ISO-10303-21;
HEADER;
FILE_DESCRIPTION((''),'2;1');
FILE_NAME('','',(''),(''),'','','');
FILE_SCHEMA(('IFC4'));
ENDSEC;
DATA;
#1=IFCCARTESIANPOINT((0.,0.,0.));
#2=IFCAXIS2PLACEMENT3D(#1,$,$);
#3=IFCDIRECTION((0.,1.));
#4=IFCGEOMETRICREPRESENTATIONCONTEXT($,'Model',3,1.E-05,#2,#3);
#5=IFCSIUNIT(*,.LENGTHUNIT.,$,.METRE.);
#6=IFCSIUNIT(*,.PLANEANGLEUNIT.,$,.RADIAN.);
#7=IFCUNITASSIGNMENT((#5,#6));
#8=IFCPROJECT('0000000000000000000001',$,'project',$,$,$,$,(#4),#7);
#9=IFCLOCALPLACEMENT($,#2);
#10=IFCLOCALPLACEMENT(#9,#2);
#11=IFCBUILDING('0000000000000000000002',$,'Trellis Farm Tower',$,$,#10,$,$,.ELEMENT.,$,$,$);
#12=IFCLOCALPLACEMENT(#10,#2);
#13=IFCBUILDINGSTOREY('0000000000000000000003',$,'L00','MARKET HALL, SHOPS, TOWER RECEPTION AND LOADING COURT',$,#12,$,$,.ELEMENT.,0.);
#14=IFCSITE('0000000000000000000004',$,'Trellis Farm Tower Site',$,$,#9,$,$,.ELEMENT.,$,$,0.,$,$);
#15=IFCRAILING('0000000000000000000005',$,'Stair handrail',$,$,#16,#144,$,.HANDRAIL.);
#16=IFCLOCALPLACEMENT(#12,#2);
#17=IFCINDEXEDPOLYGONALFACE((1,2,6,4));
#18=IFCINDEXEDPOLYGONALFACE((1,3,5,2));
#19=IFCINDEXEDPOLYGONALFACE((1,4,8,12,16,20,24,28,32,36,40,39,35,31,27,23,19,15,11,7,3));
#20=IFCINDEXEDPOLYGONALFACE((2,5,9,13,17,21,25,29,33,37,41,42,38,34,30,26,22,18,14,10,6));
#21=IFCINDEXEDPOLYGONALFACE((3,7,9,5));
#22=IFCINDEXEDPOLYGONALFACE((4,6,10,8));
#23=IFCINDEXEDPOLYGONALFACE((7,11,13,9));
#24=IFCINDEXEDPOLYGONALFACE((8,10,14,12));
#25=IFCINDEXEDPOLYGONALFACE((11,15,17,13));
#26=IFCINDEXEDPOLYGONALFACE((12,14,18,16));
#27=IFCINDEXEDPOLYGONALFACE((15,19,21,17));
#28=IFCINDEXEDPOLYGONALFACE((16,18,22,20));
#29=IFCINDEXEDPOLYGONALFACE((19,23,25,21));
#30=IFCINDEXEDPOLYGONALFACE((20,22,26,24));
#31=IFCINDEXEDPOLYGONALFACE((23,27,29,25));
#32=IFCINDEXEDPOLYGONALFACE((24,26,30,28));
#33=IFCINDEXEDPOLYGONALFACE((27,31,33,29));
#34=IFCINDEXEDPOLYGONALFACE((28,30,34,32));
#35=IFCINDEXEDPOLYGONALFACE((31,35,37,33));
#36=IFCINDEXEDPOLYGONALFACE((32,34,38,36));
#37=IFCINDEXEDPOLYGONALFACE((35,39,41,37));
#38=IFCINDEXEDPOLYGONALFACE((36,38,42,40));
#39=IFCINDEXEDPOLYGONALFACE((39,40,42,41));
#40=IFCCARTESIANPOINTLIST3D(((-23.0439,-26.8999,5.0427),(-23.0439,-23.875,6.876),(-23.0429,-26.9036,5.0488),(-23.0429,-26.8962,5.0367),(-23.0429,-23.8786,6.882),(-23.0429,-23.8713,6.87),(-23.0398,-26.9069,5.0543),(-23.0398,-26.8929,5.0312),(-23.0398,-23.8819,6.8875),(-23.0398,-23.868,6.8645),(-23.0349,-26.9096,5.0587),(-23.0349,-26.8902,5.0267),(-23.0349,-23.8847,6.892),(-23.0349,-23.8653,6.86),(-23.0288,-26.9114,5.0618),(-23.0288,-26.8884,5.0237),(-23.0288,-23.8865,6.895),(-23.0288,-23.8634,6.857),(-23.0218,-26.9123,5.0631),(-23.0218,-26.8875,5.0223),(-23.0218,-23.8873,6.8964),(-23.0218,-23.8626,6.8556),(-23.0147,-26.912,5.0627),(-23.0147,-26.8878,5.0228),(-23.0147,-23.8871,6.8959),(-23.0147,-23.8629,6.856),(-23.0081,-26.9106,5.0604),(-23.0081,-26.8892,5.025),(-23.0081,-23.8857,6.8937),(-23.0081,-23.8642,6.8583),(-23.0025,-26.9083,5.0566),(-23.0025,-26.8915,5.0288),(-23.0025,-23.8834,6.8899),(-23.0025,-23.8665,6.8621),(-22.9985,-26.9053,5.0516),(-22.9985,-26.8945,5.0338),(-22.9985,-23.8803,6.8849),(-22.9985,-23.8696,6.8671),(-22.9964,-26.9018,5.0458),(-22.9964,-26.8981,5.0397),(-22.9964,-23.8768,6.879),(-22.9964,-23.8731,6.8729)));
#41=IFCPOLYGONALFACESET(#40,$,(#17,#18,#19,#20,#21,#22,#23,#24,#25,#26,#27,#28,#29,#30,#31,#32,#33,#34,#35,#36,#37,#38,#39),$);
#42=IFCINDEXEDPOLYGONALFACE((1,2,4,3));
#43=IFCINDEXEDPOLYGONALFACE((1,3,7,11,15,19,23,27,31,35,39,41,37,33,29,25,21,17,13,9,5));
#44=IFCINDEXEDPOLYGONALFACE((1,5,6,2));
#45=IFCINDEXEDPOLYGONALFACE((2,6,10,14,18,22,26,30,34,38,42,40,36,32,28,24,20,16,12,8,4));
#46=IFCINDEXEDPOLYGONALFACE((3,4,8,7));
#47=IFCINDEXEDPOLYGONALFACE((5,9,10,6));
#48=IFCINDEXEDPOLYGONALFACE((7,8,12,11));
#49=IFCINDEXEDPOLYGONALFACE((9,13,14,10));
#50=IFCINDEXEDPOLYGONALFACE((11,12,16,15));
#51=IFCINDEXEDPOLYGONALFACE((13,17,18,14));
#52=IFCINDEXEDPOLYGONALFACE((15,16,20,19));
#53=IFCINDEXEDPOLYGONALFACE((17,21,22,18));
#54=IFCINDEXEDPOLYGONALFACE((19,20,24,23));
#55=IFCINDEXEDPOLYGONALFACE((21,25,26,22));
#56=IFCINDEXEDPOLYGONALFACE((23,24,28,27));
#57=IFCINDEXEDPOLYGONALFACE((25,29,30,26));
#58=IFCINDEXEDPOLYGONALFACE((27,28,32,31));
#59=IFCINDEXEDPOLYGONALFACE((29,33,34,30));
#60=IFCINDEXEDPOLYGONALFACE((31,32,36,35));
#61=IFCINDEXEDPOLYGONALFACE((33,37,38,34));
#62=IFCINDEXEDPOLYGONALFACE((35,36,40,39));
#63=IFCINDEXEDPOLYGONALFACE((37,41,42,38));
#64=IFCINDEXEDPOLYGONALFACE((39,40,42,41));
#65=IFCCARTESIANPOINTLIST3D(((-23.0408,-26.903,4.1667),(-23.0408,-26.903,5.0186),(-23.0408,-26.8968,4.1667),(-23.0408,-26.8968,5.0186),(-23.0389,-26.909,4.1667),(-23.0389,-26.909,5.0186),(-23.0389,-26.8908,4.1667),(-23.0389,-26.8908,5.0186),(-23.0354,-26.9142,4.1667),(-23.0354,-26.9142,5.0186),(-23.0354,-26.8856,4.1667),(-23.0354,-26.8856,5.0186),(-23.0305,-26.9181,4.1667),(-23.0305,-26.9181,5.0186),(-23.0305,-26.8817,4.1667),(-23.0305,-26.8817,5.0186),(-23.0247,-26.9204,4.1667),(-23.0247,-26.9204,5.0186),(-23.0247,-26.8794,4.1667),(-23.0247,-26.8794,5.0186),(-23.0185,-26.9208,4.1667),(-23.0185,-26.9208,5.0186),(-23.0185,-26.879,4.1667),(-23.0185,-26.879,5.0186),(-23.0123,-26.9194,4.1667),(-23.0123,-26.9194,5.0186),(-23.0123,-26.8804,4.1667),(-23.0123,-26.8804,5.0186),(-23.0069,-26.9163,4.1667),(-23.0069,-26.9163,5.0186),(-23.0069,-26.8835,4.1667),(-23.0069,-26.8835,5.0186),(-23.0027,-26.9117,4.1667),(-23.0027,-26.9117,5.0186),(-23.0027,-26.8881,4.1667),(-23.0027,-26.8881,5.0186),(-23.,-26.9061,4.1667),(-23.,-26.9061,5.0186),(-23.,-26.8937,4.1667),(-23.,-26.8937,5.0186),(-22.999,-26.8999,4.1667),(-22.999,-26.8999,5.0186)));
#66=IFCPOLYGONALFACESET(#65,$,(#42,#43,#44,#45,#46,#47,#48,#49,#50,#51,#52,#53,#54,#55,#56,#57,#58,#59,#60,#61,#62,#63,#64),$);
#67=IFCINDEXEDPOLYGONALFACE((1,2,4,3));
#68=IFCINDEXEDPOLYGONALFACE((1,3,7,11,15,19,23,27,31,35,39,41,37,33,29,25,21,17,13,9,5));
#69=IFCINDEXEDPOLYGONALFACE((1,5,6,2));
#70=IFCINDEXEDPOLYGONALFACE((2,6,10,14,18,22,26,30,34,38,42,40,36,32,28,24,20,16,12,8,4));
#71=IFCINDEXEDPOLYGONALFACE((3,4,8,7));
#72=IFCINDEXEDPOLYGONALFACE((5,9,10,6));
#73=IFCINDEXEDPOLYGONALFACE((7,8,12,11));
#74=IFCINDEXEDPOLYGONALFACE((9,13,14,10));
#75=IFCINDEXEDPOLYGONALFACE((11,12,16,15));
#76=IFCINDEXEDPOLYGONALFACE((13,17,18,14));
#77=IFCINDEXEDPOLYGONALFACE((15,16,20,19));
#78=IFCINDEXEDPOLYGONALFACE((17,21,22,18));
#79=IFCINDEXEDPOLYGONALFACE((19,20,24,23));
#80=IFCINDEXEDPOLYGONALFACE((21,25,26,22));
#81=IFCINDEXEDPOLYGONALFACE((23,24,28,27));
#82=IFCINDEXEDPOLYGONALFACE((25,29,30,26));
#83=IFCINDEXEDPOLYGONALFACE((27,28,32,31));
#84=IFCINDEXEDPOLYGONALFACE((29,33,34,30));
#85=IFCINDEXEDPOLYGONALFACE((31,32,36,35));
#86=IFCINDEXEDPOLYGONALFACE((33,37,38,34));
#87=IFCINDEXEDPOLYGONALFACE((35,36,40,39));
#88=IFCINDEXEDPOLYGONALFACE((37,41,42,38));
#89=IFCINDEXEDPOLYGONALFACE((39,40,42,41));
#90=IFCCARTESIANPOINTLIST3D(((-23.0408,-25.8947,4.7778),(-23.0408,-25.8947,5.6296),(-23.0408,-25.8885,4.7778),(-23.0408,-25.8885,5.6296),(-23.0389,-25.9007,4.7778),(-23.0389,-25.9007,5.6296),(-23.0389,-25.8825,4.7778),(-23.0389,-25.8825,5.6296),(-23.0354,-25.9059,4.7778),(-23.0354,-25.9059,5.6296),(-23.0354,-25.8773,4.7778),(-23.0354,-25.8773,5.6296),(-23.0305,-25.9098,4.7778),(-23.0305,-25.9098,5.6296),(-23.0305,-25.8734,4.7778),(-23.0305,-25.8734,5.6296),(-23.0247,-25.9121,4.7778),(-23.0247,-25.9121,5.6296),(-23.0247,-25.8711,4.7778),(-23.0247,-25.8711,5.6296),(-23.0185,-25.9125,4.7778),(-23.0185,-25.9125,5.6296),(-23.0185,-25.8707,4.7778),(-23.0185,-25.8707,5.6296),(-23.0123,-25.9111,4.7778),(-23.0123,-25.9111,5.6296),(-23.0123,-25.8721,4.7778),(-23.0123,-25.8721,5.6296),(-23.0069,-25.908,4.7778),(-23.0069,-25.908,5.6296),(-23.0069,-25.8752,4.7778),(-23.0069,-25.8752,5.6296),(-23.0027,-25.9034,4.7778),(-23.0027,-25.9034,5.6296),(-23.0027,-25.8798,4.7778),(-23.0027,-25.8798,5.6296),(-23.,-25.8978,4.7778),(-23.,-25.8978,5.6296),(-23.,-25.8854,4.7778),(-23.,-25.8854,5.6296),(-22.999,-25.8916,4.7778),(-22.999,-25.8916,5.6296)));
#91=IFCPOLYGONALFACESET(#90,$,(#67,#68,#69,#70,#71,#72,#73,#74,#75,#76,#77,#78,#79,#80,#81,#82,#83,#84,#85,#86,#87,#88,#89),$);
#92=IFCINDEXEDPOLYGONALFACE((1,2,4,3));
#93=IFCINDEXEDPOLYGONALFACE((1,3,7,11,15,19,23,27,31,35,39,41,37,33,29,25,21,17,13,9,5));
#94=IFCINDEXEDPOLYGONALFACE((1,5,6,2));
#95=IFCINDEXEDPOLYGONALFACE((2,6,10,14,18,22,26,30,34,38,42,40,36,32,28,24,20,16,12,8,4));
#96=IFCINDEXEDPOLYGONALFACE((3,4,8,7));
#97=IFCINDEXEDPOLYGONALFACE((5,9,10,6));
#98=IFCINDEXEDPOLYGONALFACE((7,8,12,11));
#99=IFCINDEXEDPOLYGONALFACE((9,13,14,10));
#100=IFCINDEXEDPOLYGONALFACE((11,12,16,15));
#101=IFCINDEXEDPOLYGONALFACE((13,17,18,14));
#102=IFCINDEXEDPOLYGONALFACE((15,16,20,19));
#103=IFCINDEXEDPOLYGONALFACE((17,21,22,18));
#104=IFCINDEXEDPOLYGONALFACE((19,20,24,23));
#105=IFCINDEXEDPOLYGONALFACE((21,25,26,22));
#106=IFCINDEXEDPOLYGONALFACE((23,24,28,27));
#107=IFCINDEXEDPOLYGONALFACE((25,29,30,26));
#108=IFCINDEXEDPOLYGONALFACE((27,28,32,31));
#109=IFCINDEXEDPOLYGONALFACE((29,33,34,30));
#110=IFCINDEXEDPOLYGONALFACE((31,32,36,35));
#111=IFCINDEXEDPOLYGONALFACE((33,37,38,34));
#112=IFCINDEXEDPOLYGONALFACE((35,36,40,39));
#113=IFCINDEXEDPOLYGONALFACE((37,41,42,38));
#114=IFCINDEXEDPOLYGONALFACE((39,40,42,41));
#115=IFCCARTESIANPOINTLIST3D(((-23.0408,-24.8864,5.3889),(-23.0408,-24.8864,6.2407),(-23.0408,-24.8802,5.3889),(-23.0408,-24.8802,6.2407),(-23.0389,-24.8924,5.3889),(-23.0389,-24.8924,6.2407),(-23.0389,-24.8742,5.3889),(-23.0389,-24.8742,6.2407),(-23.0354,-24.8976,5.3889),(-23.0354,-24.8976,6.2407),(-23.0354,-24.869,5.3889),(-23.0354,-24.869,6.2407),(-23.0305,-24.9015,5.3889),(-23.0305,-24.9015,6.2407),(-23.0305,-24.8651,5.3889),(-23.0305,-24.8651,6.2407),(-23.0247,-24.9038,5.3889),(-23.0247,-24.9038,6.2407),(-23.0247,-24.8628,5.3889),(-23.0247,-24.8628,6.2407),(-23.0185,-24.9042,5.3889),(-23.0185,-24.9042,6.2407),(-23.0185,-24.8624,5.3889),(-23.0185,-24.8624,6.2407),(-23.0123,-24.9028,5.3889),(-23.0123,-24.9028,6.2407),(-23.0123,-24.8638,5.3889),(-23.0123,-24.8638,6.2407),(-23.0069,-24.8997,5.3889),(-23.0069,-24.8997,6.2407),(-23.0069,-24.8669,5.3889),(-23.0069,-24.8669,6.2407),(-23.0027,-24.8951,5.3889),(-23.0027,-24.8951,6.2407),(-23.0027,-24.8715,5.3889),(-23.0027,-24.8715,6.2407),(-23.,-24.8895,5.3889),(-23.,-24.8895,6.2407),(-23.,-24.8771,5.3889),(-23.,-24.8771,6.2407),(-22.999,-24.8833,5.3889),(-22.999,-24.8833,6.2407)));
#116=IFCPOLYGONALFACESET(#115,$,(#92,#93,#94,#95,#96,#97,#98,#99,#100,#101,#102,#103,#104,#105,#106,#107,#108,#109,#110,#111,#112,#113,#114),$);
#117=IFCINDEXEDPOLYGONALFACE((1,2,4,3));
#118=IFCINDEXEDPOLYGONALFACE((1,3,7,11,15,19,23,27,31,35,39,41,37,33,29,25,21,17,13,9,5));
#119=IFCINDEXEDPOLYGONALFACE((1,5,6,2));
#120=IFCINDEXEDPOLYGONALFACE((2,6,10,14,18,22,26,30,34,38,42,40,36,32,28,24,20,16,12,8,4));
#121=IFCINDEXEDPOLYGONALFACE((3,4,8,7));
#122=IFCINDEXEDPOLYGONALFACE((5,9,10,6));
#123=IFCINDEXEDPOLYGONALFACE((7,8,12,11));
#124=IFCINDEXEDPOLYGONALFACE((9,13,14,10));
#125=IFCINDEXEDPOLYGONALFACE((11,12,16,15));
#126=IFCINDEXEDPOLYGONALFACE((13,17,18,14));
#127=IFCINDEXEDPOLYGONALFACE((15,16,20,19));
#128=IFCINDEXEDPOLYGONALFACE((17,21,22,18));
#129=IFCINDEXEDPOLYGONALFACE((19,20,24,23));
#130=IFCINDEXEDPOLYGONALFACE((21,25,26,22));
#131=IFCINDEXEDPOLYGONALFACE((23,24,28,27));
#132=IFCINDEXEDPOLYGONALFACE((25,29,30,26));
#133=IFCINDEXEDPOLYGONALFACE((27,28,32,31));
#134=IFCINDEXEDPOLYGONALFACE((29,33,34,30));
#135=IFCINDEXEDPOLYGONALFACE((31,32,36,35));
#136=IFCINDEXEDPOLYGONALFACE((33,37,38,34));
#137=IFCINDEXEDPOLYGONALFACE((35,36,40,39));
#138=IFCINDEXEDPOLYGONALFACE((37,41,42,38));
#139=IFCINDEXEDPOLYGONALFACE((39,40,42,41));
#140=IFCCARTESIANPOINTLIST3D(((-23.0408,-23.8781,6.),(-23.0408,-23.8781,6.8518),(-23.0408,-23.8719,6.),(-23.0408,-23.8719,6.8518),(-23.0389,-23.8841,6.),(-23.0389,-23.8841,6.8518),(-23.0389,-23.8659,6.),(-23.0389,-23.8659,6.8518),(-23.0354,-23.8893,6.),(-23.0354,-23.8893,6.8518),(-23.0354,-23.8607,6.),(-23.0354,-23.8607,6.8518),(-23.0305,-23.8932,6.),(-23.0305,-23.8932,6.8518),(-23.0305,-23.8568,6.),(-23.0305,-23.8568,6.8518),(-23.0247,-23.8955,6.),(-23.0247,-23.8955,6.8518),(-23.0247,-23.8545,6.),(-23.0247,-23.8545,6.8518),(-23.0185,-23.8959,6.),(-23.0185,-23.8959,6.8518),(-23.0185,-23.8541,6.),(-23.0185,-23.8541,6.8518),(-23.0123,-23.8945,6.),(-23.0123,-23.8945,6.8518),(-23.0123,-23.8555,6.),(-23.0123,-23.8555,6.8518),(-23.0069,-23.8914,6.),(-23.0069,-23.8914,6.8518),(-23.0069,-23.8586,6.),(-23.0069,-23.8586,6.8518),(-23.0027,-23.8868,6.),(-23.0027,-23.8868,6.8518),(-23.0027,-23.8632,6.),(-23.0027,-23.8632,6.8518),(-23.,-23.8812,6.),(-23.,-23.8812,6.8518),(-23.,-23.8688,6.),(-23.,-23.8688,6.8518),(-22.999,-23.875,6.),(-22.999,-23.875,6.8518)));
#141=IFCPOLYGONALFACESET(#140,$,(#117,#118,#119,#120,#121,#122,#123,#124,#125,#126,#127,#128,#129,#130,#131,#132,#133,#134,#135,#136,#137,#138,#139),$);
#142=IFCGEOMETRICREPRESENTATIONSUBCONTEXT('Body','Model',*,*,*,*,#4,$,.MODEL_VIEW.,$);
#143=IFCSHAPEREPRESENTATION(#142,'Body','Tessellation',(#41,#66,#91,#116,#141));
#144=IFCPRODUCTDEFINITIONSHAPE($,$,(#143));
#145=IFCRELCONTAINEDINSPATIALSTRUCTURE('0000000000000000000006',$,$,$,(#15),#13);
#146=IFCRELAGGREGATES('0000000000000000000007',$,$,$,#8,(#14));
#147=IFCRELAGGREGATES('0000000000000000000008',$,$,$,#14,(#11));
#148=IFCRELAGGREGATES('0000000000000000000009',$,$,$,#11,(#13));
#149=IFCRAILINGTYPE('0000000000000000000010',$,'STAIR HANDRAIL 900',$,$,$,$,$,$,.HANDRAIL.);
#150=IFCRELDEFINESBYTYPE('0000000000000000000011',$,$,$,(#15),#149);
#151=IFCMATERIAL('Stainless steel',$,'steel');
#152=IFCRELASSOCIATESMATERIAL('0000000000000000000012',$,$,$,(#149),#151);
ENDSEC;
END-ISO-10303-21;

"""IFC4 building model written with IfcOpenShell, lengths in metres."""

from ifc_helpers import new_model, si_unit, direction, frame, origin, origin_2d, place, context, subcontext, project, spatial, circle, extrude, source, transform, mapped, material, type_object, element, save


model = new_model("IFC4")

# Units and contexts
model_context = context("Model", 3, precision=1e-05, world=origin(), true_north=direction((0.0, 1.0)))
body_context = subcontext(model_context, "Body", "Model", "MODEL_VIEW")
ifc_project = project(units=[si_unit("LENGTHUNIT", "METRE"), si_unit("PLANEANGLEUNIT", "RADIAN")], contexts=[model_context])

# Site, building, storey
site_placement = place(None, origin())
site = spatial("IfcSite", under=ifc_project, at=site_placement, Name="Trellis Farm Tower Site", CompositionType="ELEMENT", RefElevation=0.0)
building_placement = place(site_placement, origin())
building = spatial("IfcBuilding", under=site, at=building_placement, Name="Trellis Farm Tower", CompositionType="ELEMENT")
storey_placement = place(building_placement, origin())
storey = spatial("IfcBuildingStorey", under=building, at=storey_placement, Name="L00", Description="MARKET HALL, SHOPS, TOWER RECEPTION AND LOADING COURT", CompositionType="ELEMENT", Elevation=0.0)

# Railing
ifc_material_1 = material(Name="Stainless steel", Category="steel")
railing_type = type_object("IfcRailingType", Name="STAIR HANDRAIL 900", PredefinedType="HANDRAIL", material=ifc_material_1)
shared_shape_1 = source(origin(), body_context, "Body", "SweptSolid", [
    extrude(circle(Radius=0.0239, at=origin_2d()), frame((0.0, 0.0, 0.876), z_axis=(0.0, 0.855201, 0.518297), x_axis=(-1.0, 0.0, 0.0)), (0.0, 0.0, 1.0), 3.5371),
    extrude(circle(Radius=0.021, at=origin_2d()), origin(), (0.0, 0.0, 1.0), 0.8518),
    extrude(circle(Radius=0.021, at=origin_2d()), frame((0.0, 1.0083, 0.6111)), (0.0, 0.0, 1.0), 0.8518),
    extrude(circle(Radius=0.021, at=origin_2d()), frame((0.0, 2.0166, 1.2222)), (0.0, 0.0, 1.0), 0.8518),
    extrude(circle(Radius=0.021, at=origin_2d()), frame((0.0, 3.0249, 1.8333)), (0.0, 0.0, 1.0), 0.8518),
])
for number, where, name in (
    (1, (-23.02, -26.8999, 4.1667), "Stair handrail"),
):
    element("IfcRailing", number, at=place(storey_placement, frame(where)), inside=storey, type_object=railing_type, Name=name, PredefinedType="HANDRAIL", context=body_context, shape_type="MappedRepresentation", body=[
        mapped(shared_shape_1, transform((0.0, 0.0, 0.0))),
    ])

save(model, "model.ifc")
